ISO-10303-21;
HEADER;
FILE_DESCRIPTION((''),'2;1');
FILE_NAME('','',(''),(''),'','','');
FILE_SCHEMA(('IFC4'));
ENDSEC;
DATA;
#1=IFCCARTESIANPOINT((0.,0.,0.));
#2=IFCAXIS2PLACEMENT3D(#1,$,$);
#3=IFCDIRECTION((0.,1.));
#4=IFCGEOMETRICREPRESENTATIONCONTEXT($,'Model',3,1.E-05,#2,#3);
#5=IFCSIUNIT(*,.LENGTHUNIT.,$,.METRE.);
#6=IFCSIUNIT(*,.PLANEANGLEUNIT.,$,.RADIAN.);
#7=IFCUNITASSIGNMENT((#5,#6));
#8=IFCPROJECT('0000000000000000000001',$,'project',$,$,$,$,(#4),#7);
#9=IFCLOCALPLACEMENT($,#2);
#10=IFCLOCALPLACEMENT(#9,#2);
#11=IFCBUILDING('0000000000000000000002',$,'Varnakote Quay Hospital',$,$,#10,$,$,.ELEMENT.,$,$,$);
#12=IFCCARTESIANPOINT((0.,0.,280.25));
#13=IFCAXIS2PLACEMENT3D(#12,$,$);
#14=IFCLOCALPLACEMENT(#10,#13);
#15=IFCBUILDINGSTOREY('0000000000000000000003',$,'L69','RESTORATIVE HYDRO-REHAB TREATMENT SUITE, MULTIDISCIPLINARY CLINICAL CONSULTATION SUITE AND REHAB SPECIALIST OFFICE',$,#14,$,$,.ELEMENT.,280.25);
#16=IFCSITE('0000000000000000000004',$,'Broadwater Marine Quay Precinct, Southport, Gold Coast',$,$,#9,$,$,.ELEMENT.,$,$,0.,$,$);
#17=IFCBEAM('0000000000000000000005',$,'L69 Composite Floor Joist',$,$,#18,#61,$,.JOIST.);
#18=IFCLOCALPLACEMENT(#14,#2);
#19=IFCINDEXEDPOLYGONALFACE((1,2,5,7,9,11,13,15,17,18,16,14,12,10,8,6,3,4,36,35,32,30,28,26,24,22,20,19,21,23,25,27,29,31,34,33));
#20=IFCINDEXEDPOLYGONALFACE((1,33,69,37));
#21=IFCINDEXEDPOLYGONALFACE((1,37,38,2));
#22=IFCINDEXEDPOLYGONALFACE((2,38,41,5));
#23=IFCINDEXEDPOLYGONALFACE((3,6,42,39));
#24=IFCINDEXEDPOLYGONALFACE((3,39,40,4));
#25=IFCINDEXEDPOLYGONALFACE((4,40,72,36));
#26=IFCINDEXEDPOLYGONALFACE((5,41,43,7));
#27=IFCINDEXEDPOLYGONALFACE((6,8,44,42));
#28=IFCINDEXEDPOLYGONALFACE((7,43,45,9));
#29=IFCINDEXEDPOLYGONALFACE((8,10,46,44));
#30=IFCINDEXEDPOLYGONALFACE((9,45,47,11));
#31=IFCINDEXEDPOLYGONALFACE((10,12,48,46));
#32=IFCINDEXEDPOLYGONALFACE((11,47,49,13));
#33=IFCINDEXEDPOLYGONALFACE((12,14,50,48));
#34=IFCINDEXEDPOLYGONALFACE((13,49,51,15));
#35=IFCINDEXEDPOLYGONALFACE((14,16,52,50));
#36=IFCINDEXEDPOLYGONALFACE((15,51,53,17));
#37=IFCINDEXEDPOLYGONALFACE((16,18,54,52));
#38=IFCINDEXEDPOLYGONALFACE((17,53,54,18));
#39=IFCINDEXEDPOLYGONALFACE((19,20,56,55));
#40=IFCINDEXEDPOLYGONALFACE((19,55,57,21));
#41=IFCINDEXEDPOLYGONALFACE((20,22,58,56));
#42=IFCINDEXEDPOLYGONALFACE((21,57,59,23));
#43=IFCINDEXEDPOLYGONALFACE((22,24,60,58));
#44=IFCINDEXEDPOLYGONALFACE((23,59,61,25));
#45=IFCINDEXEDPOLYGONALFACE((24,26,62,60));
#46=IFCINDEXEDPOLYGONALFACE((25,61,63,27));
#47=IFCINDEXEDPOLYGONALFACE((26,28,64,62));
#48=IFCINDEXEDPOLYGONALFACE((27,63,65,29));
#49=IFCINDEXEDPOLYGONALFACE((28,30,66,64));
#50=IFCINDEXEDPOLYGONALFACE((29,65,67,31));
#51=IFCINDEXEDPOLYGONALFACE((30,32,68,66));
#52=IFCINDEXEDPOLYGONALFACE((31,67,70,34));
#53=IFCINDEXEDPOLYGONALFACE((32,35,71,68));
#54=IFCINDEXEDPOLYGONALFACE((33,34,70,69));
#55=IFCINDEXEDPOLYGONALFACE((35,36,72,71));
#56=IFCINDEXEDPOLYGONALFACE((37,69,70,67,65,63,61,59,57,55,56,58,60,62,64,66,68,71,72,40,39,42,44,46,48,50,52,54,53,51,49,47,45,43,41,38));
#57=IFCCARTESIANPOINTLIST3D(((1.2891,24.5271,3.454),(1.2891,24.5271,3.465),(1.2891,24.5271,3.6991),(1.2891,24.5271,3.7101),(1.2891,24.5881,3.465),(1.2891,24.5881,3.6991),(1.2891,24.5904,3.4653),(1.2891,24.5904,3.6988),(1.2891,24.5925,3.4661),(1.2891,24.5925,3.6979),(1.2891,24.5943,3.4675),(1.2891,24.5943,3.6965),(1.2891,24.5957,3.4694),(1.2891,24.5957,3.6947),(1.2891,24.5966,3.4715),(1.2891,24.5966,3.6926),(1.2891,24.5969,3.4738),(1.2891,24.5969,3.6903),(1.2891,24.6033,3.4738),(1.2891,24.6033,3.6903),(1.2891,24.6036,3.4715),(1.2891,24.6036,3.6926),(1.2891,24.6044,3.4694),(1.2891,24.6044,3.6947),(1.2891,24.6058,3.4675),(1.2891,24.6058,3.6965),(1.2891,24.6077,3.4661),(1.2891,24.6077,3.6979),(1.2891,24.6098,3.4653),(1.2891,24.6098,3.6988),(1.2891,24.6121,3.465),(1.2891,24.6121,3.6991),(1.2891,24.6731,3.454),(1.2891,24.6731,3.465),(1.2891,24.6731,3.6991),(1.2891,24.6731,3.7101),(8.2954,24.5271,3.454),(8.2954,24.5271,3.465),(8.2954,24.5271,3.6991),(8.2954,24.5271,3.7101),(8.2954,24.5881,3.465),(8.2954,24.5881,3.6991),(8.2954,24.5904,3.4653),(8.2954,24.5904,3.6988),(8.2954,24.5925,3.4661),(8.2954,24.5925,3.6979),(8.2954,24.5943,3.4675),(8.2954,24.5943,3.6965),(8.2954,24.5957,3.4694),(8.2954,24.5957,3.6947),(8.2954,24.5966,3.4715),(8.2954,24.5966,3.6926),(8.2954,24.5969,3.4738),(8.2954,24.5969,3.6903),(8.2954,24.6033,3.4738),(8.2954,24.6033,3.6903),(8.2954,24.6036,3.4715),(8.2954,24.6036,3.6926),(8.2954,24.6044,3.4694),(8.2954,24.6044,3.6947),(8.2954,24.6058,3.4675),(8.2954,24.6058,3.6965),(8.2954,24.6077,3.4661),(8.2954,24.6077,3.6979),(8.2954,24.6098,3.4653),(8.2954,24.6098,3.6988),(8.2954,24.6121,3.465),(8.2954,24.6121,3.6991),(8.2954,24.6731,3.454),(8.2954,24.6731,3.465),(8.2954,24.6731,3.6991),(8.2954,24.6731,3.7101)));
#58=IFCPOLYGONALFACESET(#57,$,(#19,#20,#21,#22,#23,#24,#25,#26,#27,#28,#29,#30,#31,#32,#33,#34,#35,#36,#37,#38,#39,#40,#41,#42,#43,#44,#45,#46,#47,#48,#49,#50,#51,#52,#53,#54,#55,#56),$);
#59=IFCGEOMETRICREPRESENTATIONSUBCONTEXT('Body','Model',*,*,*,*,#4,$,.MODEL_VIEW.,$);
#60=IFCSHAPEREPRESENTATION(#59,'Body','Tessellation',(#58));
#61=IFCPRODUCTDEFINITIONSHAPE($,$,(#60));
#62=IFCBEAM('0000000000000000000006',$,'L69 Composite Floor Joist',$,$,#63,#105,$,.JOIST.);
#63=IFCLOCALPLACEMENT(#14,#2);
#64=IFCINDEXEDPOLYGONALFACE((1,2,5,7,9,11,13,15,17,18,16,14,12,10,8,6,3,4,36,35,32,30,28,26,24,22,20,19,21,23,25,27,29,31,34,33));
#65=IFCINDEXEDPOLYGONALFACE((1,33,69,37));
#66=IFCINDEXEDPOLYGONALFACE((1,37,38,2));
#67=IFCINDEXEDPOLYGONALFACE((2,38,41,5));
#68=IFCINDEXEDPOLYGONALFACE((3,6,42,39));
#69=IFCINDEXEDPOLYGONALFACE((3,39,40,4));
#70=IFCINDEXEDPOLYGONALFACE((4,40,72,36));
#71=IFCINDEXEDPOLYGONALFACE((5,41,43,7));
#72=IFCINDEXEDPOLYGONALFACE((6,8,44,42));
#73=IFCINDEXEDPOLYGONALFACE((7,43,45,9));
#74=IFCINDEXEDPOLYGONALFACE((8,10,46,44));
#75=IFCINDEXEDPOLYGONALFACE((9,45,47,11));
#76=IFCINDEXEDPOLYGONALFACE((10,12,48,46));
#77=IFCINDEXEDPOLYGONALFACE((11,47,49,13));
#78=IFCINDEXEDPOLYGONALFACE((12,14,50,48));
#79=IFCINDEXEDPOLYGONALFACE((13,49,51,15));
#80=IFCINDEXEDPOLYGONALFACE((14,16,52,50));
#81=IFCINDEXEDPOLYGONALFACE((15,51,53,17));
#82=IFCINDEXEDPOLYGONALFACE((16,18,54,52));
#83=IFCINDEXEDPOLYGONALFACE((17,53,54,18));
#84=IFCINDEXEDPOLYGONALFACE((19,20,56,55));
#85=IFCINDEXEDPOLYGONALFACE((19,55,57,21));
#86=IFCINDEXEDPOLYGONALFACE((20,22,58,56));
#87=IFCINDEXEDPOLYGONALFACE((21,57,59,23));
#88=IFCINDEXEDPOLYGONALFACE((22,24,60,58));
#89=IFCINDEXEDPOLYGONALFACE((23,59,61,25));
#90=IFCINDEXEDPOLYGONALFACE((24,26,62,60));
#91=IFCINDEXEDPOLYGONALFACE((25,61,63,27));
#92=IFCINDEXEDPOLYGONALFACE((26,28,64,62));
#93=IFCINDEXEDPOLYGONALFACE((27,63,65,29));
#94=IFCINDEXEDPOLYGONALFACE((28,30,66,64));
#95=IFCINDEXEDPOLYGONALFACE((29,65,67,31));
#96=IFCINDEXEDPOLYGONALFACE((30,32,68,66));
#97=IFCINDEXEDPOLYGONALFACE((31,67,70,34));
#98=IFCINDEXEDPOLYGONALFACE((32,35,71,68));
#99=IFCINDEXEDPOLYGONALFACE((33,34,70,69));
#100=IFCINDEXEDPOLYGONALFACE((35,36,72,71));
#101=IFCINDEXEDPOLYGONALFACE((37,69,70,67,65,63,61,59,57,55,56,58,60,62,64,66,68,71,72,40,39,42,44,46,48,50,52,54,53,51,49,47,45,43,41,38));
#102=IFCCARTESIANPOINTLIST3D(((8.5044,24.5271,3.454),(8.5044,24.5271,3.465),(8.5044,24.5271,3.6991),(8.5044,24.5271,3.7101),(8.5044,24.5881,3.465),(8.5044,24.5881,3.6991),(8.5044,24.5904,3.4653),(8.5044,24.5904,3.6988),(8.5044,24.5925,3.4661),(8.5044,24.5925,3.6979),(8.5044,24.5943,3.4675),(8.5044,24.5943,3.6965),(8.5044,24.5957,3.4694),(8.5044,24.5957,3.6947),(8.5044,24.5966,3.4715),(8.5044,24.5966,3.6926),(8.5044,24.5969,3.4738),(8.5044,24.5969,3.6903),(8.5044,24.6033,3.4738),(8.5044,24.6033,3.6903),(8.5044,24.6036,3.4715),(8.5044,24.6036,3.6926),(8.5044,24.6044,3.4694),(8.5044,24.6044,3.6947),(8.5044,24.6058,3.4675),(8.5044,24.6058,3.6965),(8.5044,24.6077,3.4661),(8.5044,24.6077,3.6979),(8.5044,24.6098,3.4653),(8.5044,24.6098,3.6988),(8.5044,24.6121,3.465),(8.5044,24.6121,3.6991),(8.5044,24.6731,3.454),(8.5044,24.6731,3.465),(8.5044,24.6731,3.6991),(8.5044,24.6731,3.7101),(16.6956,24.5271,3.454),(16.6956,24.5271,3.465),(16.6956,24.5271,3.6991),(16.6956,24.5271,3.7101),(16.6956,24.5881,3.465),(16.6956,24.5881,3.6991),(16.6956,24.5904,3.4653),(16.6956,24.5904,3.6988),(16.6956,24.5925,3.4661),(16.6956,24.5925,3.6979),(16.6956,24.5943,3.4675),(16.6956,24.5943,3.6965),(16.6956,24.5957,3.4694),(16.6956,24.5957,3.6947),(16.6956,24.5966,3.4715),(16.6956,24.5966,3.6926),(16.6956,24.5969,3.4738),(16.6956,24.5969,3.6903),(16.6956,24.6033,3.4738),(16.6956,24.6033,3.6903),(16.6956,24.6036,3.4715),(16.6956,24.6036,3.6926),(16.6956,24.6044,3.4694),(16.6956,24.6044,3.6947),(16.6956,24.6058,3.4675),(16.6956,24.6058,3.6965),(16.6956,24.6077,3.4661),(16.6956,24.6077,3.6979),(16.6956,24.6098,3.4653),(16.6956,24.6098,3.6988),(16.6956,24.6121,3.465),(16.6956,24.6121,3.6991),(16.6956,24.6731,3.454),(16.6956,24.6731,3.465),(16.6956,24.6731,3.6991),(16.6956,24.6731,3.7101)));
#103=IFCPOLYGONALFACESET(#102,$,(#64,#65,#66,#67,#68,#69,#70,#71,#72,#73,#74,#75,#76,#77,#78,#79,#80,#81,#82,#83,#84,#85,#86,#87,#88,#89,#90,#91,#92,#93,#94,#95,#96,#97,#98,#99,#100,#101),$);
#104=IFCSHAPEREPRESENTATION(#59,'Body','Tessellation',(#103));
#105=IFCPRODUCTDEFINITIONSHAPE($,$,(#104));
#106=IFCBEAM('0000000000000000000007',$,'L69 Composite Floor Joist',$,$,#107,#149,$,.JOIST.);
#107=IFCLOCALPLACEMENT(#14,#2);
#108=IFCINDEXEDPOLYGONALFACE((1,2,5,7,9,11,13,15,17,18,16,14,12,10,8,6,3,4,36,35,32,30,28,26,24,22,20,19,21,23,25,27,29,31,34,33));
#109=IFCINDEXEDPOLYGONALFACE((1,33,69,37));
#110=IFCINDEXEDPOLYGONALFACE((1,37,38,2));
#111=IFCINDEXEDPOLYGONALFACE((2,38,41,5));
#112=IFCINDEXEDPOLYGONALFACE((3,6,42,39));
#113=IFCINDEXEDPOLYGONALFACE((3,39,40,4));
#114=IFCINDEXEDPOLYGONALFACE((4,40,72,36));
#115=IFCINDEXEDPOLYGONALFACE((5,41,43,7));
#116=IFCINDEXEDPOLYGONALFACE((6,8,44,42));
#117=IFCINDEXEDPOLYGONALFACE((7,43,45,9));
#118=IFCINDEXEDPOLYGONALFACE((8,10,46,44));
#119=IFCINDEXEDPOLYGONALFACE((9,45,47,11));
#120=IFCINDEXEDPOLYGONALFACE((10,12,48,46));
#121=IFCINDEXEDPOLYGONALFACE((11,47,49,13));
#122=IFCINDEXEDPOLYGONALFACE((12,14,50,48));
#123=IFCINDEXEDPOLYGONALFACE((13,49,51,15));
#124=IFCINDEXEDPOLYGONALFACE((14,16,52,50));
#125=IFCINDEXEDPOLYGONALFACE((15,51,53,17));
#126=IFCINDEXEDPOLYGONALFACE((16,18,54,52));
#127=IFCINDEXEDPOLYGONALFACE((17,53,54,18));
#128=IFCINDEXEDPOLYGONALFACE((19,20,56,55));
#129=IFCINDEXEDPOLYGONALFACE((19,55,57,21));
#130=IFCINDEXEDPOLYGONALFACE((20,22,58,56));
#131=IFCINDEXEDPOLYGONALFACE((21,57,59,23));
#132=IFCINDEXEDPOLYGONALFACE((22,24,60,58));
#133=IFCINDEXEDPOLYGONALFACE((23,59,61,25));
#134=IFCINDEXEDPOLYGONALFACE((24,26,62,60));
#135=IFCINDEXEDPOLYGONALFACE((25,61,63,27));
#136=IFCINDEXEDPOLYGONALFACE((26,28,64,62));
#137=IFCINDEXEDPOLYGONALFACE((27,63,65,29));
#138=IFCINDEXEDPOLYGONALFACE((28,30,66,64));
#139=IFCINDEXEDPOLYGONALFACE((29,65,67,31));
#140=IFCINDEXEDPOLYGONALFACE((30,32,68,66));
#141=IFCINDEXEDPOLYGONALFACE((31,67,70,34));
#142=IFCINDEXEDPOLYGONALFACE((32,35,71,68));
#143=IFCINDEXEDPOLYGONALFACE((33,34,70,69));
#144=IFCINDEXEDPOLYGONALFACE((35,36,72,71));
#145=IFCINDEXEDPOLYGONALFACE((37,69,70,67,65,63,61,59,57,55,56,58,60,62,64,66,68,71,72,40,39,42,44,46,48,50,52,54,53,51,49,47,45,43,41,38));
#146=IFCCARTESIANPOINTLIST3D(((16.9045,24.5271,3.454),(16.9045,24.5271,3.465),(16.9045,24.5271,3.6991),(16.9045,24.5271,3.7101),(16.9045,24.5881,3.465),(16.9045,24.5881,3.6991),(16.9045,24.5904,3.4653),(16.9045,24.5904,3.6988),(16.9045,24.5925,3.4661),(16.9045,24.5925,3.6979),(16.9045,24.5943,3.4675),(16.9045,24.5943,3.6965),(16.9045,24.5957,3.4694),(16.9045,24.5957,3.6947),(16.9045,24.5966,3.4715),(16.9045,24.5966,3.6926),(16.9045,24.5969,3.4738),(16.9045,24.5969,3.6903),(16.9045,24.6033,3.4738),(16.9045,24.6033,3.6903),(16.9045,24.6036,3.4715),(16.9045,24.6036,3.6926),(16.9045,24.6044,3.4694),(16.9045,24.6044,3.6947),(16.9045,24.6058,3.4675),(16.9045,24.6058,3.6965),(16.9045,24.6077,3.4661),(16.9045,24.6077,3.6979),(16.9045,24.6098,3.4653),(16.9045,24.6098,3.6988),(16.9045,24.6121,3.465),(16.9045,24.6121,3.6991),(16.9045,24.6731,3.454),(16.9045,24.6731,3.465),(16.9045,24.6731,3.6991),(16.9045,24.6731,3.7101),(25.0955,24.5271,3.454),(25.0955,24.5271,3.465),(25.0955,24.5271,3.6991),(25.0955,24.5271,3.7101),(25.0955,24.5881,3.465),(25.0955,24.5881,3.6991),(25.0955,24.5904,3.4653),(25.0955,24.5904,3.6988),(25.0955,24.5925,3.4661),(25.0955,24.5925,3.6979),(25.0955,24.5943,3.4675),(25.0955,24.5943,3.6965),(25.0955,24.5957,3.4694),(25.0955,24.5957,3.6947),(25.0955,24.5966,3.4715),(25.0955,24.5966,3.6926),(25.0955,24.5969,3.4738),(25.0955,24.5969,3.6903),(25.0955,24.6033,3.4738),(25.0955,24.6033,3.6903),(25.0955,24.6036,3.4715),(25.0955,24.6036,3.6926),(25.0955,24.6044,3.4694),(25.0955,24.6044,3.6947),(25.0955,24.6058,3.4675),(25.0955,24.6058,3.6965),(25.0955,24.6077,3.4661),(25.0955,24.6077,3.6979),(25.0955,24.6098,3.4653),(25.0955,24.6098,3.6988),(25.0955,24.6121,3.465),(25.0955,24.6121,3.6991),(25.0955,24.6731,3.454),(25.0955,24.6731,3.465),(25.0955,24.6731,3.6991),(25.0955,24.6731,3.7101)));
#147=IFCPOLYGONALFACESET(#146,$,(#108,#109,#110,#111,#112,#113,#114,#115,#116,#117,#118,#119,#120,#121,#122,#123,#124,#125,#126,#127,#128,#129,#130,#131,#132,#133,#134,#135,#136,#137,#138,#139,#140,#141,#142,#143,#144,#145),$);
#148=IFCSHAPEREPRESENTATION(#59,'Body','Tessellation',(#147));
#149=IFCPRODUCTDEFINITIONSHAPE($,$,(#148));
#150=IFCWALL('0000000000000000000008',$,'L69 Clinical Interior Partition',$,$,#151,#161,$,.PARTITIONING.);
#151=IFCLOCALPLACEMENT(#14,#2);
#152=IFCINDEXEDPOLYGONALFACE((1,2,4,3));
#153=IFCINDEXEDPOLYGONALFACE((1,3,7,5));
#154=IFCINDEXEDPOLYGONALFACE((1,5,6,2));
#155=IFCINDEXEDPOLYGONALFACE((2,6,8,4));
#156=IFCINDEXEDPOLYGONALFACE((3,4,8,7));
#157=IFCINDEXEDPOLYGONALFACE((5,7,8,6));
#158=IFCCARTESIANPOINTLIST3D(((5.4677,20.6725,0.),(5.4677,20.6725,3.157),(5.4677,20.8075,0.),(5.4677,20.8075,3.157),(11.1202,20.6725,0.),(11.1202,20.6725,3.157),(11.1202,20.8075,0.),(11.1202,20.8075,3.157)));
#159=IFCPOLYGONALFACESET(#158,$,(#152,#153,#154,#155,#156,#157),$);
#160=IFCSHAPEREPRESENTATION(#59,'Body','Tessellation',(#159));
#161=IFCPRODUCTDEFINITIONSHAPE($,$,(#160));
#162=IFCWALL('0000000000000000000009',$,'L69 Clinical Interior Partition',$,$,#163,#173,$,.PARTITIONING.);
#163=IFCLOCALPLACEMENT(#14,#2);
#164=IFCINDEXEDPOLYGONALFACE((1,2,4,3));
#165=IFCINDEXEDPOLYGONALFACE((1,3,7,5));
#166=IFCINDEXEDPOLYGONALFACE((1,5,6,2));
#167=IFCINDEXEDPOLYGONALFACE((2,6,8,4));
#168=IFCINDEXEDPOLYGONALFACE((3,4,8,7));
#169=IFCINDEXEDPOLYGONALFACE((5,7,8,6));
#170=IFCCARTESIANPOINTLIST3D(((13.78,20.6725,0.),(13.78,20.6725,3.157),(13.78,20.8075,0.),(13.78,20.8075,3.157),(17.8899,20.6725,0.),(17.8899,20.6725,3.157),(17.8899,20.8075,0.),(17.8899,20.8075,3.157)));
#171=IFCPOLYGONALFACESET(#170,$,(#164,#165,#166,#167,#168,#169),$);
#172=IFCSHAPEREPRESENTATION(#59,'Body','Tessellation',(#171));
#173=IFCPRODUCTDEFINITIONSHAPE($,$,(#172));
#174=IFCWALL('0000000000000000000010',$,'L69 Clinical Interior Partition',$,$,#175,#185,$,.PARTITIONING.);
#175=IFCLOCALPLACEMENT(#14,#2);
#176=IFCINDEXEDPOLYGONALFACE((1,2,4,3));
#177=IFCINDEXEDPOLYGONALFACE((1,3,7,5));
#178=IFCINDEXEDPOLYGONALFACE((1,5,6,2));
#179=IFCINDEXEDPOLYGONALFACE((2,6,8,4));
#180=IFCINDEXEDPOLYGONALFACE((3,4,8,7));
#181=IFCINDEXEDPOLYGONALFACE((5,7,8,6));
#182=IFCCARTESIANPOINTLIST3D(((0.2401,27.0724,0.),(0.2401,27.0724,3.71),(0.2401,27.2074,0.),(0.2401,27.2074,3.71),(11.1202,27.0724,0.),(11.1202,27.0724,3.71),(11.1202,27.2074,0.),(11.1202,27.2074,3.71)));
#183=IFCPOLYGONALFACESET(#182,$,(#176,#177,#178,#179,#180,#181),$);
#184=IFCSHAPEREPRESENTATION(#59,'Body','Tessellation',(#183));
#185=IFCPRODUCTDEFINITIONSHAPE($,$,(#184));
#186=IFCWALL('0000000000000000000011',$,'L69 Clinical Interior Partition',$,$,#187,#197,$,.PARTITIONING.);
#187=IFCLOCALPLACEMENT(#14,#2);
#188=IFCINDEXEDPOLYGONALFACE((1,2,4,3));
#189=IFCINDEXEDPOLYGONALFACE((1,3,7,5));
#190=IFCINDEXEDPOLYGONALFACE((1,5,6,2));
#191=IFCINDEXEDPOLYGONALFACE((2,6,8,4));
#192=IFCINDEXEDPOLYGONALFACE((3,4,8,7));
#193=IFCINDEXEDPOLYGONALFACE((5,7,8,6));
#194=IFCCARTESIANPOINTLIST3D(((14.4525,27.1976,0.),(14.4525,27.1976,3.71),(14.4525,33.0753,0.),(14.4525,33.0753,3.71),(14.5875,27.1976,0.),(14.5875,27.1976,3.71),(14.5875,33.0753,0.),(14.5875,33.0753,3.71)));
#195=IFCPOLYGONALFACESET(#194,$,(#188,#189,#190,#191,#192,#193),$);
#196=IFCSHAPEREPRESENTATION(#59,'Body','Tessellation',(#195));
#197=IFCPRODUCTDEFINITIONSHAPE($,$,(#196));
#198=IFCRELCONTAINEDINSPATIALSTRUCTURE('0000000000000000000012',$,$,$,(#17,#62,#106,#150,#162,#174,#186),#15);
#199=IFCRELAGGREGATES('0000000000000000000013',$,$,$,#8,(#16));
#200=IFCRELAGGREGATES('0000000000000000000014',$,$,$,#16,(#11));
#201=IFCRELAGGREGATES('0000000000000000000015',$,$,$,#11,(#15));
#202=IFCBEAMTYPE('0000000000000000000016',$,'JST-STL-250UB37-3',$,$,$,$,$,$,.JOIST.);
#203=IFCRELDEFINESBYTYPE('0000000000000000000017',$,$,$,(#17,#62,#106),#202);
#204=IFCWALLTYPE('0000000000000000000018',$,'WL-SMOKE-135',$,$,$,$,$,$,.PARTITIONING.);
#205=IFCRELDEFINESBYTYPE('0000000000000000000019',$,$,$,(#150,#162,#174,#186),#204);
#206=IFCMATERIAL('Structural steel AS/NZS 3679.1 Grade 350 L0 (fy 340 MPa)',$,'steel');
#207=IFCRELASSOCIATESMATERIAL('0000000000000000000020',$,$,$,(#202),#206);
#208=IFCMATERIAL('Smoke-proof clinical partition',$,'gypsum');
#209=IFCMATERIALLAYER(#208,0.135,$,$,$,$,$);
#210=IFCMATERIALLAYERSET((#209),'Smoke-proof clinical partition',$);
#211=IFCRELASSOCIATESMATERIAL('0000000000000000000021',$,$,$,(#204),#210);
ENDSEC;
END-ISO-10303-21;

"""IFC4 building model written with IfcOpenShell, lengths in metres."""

from ifc_helpers import new_model, si_unit, direction, frame, frame_2d, origin, origin_2d, place, context, subcontext, project, spatial, rectangle, i_section, extrude, material, layer, layer_set, material_profile, profile_set, type_object, element, save


model = new_model("IFC4")

# Units and contexts
model_context = context("Model", 3, precision=1e-05, world=origin(), true_north=direction((0.0, 1.0)))
body_context = subcontext(model_context, "Body", "Model", "MODEL_VIEW")
ifc_project = project(units=[si_unit("LENGTHUNIT", "METRE"), si_unit("PLANEANGLEUNIT", "RADIAN")], contexts=[model_context])

# Site, building, storey
site_placement = place(None, origin())
site = spatial("IfcSite", under=ifc_project, at=site_placement, Name="Broadwater Marine Quay Precinct, Southport, Gold Coast", CompositionType="ELEMENT", RefElevation=0.0)
building_placement = place(site_placement, origin())
building = spatial("IfcBuilding", under=site, at=building_placement, Name="Varnakote Quay Hospital", CompositionType="ELEMENT")
storey_placement = place(building_placement, frame((0.0, 0.0, 280.25)))
storey = spatial("IfcBuildingStorey", under=building, at=storey_placement, Name="L69", Description="RESTORATIVE HYDRO-REHAB TREATMENT SUITE, MULTIDISCIPLINARY CLINICAL CONSULTATION SUITE AND REHAB SPECIALIST OFFICE", CompositionType="ELEMENT", Elevation=280.25)

# Beams
ifc_material_1 = material(Name="Structural steel AS/NZS 3679.1 Grade 350 L0 (fy 340 MPa)", Category="steel")
ifc_material_profile_1 = material_profile(ifc_material_1, i_section(OverallWidth=0.146, OverallDepth=0.2561, WebThickness=0.0063, FlangeThickness=0.011, FilletRadius=0.0088, at=origin_2d()), Name="250UB37.3")
ifc_profile_set_1 = profile_set([ifc_material_profile_1], Name="Structural steel AS/NZS 3679.1 Grade 350 L0 (fy 340 MPa)")
beam_type_1 = type_object("IfcBeamType", Name="JST-STL-250UB37-3", PredefinedType="JOIST", material=ifc_profile_set_1)
beam_1_placement = place(storey_placement, frame((1.2891, 24.6001, 3.582), z_axis=(1.0, 0.0, 0.0), x_axis=(0.0, 1.0, 0.0)))
element("IfcBeam", 1, at=beam_1_placement, inside=storey, type_object=beam_type_1, Name="L69 Composite Floor Joist", PredefinedType="JOIST", context=body_context, shape_type="SweptSolid", body=[
    extrude(i_section(OverallWidth=0.146, OverallDepth=0.2561, WebThickness=0.0063, FlangeThickness=0.011, FilletRadius=0.0088, at=origin_2d()), origin(), (0.0, 0.0, 1.0), 7.0063),
])
beam_2_placement = place(storey_placement, frame((8.5044, 24.6001, 3.582), z_axis=(1.0, 0.0, 0.0), x_axis=(0.0, 1.0, 0.0)))
element("IfcBeam", 2, at=beam_2_placement, inside=storey, type_object=beam_type_1, Name="L69 Composite Floor Joist", PredefinedType="JOIST", context=body_context, shape_type="SweptSolid", body=[
    extrude(i_section(OverallWidth=0.146, OverallDepth=0.2561, WebThickness=0.0063, FlangeThickness=0.011, FilletRadius=0.0088, at=origin_2d()), origin(), (0.0, 0.0, 1.0), 8.1912),
])
beam_3_placement = place(storey_placement, frame((16.9045, 24.6001, 3.582), z_axis=(1.0, 0.0, 0.0), x_axis=(0.0, 1.0, 0.0)))
element("IfcBeam", 3, at=beam_3_placement, inside=storey, type_object=beam_type_1, Name="L69 Composite Floor Joist", PredefinedType="JOIST", context=body_context, shape_type="SweptSolid", body=[
    extrude(i_section(OverallWidth=0.146, OverallDepth=0.2561, WebThickness=0.0063, FlangeThickness=0.011, FilletRadius=0.0088, at=origin_2d()), origin(), (0.0, 0.0, 1.0), 8.1909),
])

# Walls
ifc_material_2 = material(Name="Smoke-proof clinical partition", Category="gypsum")
ifc_layer_1 = layer(ifc_material_2, 0.135)
ifc_layer_set_1 = layer_set([ifc_layer_1], Name="Smoke-proof clinical partition")
wall_type_1 = type_object("IfcWallType", Name="WL-SMOKE-135", PredefinedType="PARTITIONING", material=ifc_layer_set_1)
wall_1_placement = place(storey_placement, frame((11.1201, 20.74, 0.0), z_axis=(0.0, 0.0, 1.0), x_axis=(-1.0, 0.0, 0.0)))
element("IfcWall", 4, at=wall_1_placement, inside=storey, type_object=wall_type_1, Name="L69 Clinical Interior Partition", PredefinedType="PARTITIONING", context=body_context, shape_type="SweptSolid", body=[
    extrude(rectangle(XDim=5.6526, YDim=0.135, at=frame_2d((2.8262, 0.0))), origin(), (0.0, 0.0, 1.0), 3.157),
])
wall_2_placement = place(storey_placement, frame((17.8899, 20.74, 0.0), z_axis=(0.0, 0.0, 1.0), x_axis=(-1.0, 0.0, 0.0)))
element("IfcWall", 5, at=wall_2_placement, inside=storey, type_object=wall_type_1, Name="L69 Clinical Interior Partition", PredefinedType="PARTITIONING", context=body_context, shape_type="SweptSolid", body=[
    extrude(rectangle(XDim=4.1099, YDim=0.135, at=frame_2d((2.0549, 0.0))), origin(), (0.0, 0.0, 1.0), 3.157),
])
wall_3_placement = place(storey_placement, frame((11.1201, 27.1399, 0.0), z_axis=(0.0, 0.0, 1.0), x_axis=(-1.0, 0.0, 0.0)))
element("IfcWall", 6, at=wall_3_placement, inside=storey, type_object=wall_type_1, Name="L69 Clinical Interior Partition", PredefinedType="PARTITIONING", context=body_context, shape_type="SweptSolid", body=[
    extrude(rectangle(XDim=10.8801, YDim=0.135, at=frame_2d((5.4399, 0.0))), origin(), (0.0, 0.0, 1.0), 3.71),
])
wall_4_placement = place(storey_placement, frame((14.52, 27.1975, 0.0), z_axis=(0.0, 0.0, 1.0), x_axis=(0.0, 1.0, 0.0)))
element("IfcWall", 7, at=wall_4_placement, inside=storey, type_object=wall_type_1, Name="L69 Clinical Interior Partition", PredefinedType="PARTITIONING", context=body_context, shape_type="SweptSolid", body=[
    extrude(rectangle(XDim=5.8777, YDim=0.135, at=frame_2d((2.939, 0.0))), origin(), (0.0, 0.0, 1.0), 3.71),
])

save(model, "model.ifc")
